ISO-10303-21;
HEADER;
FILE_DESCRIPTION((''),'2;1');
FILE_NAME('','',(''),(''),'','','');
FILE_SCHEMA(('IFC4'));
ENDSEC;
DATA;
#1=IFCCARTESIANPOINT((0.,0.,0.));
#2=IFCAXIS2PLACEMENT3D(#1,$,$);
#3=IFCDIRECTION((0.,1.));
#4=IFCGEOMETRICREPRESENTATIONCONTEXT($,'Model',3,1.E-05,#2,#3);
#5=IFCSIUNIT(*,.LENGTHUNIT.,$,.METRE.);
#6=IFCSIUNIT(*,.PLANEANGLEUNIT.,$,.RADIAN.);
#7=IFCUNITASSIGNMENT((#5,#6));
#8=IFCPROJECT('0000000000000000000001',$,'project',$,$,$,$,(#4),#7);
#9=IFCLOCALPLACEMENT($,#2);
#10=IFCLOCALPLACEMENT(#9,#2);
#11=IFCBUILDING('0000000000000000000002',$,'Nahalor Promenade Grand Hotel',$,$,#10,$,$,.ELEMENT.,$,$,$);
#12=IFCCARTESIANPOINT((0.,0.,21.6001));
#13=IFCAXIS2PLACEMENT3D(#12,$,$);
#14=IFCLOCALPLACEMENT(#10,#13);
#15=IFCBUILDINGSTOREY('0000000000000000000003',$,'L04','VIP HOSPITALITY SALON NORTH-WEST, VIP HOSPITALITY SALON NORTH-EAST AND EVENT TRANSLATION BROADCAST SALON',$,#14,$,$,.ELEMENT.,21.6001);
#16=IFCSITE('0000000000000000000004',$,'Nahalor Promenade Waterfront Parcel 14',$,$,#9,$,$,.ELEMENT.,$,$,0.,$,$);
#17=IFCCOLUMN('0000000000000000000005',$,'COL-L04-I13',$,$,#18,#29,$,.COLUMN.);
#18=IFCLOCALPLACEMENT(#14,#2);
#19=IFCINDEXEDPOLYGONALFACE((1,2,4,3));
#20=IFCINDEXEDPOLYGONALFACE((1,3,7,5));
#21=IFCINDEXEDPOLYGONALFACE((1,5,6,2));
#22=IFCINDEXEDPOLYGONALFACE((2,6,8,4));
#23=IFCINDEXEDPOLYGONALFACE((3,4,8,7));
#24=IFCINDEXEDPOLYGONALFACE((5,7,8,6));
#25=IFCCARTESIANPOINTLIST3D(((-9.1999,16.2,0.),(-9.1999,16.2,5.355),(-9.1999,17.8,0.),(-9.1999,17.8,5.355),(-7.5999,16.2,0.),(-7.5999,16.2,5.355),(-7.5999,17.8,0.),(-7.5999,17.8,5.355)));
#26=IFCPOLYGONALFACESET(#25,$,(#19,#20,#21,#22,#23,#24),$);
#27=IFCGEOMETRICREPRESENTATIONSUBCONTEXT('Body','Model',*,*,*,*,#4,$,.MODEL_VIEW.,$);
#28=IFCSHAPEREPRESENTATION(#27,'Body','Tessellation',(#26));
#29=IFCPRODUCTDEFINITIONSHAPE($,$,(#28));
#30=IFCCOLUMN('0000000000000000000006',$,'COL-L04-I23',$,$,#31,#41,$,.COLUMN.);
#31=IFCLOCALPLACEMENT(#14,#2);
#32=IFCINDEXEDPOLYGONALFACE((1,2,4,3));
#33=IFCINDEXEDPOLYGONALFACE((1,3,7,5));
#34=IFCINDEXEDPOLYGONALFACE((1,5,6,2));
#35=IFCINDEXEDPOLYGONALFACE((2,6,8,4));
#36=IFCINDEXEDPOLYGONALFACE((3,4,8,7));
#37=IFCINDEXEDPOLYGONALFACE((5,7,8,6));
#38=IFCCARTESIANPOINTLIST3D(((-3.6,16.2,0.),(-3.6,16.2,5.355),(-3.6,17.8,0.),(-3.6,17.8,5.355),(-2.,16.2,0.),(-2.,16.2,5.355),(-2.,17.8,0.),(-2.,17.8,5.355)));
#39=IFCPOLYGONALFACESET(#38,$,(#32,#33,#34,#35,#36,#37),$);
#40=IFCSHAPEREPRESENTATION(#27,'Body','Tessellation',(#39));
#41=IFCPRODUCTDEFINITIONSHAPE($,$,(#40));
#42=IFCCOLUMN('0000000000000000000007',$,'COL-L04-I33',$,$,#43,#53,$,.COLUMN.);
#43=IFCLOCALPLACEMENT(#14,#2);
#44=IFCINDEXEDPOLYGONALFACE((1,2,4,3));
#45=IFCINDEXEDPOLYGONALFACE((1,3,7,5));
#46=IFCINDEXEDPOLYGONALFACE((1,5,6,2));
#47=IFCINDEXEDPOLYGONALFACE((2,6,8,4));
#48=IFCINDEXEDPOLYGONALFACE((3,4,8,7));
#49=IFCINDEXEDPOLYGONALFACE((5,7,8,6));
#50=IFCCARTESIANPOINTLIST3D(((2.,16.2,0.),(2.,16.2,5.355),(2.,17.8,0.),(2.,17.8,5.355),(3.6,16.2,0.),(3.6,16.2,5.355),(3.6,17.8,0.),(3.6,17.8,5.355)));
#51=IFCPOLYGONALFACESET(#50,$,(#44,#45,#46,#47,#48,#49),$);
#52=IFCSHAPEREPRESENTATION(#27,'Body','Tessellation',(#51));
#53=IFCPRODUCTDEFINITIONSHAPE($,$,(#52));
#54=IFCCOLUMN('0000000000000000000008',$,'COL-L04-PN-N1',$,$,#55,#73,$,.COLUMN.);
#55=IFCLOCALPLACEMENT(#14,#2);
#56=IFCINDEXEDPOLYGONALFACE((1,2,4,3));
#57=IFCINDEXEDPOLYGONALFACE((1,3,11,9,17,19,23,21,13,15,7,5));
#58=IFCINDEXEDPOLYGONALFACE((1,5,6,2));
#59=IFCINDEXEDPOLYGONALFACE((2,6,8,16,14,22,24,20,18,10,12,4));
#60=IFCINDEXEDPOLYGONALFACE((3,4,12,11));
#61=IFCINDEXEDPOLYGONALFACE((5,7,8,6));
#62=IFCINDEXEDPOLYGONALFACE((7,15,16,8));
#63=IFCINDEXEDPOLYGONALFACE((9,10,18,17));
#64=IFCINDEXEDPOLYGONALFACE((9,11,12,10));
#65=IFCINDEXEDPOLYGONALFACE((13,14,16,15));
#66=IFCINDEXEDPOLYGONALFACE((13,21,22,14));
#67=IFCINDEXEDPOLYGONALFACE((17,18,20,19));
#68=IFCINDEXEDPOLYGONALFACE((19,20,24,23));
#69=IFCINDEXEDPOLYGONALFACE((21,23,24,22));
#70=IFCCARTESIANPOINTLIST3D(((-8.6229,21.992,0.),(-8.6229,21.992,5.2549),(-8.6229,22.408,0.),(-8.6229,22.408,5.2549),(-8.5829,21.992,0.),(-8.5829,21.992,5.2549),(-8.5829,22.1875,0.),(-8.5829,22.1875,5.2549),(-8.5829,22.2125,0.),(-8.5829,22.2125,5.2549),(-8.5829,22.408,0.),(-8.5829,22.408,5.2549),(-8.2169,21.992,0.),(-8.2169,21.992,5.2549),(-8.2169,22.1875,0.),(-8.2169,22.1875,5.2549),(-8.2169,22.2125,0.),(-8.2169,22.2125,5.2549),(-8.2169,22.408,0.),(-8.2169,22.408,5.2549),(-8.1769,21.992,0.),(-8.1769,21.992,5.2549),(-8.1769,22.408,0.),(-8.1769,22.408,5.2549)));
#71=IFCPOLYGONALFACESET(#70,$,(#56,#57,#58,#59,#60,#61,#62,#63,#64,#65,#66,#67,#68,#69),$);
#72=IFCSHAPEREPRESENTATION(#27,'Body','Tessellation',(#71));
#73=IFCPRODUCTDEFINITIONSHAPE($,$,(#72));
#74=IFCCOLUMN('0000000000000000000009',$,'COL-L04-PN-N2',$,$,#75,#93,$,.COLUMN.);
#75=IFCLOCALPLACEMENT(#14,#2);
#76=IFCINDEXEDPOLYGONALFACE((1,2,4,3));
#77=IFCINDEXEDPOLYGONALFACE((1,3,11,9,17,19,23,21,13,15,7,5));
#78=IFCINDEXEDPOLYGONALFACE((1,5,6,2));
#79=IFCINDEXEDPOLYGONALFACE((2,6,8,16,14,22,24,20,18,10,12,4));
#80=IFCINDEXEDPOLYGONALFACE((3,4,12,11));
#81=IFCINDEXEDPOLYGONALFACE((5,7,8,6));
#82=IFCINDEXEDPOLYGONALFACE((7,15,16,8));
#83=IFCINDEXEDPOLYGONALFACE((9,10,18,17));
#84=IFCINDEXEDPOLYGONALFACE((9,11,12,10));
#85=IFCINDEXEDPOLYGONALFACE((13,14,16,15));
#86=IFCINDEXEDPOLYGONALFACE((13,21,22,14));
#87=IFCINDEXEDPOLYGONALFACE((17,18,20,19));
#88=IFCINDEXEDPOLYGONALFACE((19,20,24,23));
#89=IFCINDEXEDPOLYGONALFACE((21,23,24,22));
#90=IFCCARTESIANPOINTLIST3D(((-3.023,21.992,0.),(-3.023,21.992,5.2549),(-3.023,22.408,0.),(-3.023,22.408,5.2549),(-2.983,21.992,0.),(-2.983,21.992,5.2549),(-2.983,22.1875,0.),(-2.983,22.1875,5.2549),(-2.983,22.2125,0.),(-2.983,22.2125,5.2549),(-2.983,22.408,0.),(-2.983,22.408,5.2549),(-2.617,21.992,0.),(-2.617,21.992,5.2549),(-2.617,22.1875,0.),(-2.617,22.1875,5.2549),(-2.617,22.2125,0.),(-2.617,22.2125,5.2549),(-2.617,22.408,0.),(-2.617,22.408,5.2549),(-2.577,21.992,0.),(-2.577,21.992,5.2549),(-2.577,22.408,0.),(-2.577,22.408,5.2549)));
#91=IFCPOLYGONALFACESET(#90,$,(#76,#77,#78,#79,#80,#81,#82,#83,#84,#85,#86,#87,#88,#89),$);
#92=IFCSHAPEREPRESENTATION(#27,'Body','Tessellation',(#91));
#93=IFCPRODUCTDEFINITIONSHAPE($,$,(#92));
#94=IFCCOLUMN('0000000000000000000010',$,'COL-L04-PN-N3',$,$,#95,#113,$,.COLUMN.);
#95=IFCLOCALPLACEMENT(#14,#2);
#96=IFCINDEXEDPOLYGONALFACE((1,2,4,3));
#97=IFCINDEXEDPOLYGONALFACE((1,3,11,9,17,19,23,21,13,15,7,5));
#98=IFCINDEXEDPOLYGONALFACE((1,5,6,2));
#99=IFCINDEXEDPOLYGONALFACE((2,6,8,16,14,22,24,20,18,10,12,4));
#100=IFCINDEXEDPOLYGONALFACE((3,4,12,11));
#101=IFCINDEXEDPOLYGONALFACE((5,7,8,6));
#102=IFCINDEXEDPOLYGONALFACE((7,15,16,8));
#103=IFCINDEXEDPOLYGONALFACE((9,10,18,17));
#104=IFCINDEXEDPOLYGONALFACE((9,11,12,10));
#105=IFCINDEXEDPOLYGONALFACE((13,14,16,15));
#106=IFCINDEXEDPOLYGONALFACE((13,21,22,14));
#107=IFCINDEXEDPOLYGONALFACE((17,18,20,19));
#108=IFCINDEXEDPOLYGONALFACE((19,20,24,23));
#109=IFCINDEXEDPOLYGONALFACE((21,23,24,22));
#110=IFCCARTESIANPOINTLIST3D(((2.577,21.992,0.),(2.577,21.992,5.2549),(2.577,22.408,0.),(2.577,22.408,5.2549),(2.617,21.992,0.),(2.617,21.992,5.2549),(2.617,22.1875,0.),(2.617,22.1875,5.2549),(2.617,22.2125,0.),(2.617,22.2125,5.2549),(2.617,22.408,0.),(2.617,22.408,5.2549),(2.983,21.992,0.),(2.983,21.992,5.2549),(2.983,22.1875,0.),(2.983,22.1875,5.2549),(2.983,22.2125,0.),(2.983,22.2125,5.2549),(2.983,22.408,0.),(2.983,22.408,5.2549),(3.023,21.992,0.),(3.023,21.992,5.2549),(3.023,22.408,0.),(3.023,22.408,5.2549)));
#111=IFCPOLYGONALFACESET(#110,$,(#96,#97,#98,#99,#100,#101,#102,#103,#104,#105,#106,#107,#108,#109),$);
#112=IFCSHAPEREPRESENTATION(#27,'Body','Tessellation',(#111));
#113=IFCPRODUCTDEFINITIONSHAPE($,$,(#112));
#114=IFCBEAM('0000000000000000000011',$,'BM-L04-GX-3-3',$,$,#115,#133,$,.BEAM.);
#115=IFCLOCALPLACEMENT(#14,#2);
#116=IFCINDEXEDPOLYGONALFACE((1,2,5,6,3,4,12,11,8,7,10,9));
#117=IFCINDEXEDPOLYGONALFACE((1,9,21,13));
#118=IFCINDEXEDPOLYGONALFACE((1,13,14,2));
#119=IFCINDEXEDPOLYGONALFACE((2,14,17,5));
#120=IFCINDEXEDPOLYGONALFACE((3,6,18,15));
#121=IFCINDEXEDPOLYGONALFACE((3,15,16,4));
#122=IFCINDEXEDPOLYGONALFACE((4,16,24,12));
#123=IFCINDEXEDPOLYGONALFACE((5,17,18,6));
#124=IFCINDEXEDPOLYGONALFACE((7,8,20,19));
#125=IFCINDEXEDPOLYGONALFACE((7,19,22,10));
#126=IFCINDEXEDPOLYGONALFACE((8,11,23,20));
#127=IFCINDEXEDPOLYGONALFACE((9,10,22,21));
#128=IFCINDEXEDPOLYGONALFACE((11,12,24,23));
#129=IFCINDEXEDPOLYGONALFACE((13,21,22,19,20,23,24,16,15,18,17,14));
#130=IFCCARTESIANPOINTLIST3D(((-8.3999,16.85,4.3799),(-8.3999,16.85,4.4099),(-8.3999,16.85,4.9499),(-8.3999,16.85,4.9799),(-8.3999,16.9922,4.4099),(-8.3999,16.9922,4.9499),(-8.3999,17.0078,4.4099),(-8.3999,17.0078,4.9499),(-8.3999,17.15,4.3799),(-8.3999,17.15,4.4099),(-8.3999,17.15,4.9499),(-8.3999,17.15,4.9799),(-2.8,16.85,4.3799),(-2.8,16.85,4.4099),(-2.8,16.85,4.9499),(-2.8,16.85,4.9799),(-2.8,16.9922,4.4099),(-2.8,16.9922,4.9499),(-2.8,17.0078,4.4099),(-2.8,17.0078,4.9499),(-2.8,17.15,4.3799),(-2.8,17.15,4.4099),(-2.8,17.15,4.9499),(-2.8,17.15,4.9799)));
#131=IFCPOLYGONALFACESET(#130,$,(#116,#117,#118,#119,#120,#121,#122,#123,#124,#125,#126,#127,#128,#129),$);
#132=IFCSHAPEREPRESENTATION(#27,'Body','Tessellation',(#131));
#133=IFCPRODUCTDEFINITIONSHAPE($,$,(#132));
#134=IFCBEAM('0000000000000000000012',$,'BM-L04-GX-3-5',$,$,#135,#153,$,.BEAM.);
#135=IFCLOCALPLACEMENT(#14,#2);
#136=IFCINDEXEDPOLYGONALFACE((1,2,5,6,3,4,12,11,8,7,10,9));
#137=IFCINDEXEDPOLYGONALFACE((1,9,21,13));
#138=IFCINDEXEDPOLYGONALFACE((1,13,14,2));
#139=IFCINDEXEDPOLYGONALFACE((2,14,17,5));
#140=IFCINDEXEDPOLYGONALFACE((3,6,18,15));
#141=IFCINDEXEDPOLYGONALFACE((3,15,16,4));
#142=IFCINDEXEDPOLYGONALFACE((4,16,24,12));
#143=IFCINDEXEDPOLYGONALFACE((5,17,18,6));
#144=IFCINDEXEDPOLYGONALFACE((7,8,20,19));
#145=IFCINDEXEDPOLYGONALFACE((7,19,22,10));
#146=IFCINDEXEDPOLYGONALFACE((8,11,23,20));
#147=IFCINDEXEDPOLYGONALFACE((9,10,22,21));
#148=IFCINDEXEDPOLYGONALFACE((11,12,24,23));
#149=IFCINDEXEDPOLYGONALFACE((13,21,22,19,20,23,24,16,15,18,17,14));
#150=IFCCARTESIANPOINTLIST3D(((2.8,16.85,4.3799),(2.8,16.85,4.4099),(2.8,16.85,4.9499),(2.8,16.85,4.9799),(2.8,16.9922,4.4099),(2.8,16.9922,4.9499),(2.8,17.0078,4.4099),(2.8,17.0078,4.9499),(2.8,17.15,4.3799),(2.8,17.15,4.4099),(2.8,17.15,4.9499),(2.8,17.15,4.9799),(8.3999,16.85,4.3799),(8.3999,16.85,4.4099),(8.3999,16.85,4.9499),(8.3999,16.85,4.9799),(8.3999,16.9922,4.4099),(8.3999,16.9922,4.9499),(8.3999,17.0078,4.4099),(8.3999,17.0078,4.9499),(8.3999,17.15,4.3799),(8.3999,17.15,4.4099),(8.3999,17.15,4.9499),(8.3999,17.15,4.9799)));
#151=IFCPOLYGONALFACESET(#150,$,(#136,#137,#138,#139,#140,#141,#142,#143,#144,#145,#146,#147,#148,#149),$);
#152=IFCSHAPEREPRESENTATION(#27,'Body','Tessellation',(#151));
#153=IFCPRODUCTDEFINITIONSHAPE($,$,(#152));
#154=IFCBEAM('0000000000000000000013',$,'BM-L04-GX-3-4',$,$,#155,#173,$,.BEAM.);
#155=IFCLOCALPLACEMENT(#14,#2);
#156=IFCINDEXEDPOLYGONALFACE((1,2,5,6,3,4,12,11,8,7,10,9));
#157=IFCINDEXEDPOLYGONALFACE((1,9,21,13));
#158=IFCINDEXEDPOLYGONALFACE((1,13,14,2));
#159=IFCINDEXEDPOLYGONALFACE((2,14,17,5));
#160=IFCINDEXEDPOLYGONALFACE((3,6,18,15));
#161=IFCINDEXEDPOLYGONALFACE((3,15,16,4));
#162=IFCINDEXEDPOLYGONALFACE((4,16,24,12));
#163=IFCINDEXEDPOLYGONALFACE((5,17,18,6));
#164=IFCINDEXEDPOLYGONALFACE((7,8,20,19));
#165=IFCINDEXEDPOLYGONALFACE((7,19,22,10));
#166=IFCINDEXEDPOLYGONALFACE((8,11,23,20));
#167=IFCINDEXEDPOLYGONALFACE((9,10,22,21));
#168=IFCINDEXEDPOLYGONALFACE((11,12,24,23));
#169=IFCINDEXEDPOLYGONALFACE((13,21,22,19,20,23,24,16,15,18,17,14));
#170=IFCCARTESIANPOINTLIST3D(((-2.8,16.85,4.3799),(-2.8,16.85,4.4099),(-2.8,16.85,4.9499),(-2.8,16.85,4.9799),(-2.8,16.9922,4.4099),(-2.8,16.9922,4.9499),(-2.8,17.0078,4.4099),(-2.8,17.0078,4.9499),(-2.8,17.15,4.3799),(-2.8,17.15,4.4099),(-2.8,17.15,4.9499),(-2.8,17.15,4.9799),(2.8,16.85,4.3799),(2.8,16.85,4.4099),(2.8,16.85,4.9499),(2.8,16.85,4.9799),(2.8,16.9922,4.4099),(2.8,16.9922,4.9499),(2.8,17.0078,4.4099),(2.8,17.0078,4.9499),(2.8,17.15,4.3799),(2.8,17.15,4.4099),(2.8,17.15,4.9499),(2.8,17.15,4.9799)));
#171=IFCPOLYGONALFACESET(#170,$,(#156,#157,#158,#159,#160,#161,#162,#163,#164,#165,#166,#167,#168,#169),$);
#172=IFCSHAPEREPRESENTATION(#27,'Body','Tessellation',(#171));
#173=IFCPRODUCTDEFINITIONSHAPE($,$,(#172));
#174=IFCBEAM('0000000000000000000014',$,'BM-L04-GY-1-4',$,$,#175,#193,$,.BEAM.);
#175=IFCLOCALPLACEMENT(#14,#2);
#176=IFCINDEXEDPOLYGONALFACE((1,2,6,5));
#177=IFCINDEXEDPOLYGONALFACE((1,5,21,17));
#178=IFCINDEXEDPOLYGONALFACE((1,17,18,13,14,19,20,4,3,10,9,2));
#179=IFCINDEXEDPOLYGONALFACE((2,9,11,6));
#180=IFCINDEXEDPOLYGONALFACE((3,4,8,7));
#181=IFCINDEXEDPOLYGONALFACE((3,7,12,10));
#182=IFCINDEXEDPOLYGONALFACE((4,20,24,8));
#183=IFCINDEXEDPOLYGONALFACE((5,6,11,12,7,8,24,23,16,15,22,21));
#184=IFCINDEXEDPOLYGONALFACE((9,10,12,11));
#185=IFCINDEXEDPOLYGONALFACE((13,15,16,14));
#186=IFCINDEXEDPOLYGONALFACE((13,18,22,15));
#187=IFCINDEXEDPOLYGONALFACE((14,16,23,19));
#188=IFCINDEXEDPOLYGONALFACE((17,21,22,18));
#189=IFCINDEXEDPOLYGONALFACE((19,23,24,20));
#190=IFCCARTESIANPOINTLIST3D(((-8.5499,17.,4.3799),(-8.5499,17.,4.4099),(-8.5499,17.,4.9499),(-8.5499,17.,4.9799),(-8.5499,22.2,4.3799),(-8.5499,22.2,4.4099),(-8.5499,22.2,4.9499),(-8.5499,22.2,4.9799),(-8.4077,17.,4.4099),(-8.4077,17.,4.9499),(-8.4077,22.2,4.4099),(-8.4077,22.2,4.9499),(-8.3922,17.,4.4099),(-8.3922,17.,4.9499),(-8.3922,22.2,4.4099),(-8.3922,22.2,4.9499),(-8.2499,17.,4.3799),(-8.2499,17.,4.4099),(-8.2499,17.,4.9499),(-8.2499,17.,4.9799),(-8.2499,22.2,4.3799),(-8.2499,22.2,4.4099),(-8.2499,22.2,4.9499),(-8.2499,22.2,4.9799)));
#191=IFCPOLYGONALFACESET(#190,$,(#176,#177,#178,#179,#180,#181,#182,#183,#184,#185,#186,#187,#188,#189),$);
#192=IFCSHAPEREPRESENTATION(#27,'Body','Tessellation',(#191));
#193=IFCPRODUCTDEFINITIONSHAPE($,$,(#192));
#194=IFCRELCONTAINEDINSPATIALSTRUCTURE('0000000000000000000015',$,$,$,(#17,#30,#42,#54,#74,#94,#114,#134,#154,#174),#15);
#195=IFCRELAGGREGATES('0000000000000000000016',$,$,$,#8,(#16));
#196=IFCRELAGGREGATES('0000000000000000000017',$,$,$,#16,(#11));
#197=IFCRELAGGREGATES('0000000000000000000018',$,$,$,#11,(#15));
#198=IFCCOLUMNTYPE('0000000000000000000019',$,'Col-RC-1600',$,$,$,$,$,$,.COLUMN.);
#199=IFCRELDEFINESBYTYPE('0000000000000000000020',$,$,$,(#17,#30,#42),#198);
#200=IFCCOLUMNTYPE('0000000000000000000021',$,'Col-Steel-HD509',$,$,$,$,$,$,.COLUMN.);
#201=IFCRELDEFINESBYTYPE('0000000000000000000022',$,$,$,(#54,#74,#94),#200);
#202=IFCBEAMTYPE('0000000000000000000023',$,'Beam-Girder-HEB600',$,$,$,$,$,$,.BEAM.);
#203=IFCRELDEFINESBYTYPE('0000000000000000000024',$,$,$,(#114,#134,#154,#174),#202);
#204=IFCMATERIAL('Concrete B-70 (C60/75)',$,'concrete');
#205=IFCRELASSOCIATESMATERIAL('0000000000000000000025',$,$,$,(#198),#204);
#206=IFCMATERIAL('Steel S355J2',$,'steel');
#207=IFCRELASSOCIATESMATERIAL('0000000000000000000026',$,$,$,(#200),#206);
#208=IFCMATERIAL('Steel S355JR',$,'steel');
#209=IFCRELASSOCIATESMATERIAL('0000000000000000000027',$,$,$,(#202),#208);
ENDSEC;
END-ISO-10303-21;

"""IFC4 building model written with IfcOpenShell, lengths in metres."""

from ifc_helpers import new_model, si_unit, direction, frame, origin, origin_2d, place, context, subcontext, project, spatial, rectangle, i_section, extrude, source, transform, mapped, material, material_profile, profile_set, type_object, element, save


model = new_model("IFC4")

# Units and contexts
model_context = context("Model", 3, precision=1e-05, world=origin(), true_north=direction((0.0, 1.0)))
body_context = subcontext(model_context, "Body", "Model", "MODEL_VIEW")
ifc_project = project(units=[si_unit("LENGTHUNIT", "METRE"), si_unit("PLANEANGLEUNIT", "RADIAN")], contexts=[model_context])

# Site, building, storey
site_placement = place(None, origin())
site = spatial("IfcSite", under=ifc_project, at=site_placement, Name="Nahalor Promenade Waterfront Parcel 14", CompositionType="ELEMENT", RefElevation=0.0)
building_placement = place(site_placement, origin())
building = spatial("IfcBuilding", under=site, at=building_placement, Name="Nahalor Promenade Grand Hotel", CompositionType="ELEMENT")
storey_placement = place(building_placement, frame((0.0, 0.0, 21.6001)))
storey = spatial("IfcBuildingStorey", under=building, at=storey_placement, Name="L04", Description="VIP HOSPITALITY SALON NORTH-WEST, VIP HOSPITALITY SALON NORTH-EAST AND EVENT TRANSLATION BROADCAST SALON", CompositionType="ELEMENT", Elevation=21.6001)

# Columns
ifc_material_1 = material(Name="Concrete B-70 (C60/75)", Category="concrete")
ifc_material_profile_1 = material_profile(ifc_material_1, rectangle(XDim=1.6, YDim=1.6, at=origin_2d()), Name="RC 1600x1600")
ifc_profile_set_1 = profile_set([ifc_material_profile_1], Name="Concrete B-70 (C60/75)")
column_type_1 = type_object("IfcColumnType", Name="Col-RC-1600", PredefinedType="COLUMN", material=ifc_profile_set_1)
shared_shape_1 = source(origin(), body_context, "Body", "SweptSolid", [
    extrude(rectangle(XDim=1.6, YDim=1.6, at=origin_2d()), origin(), (0.0, 0.0, 1.0), 5.355),
])
for number, where, z_axis, x_axis, name in (
    (1, (-8.3999, 17.0, 0.0), (0.0, 0.0, 1.0), (1.0, 0.0, 0.0), "COL-L04-I13"),
    (2, (-2.8, 17.0, 0.0), (0.0, 0.0, 1.0), (1.0, 0.0, 0.0), "COL-L04-I23"),
    (3, (2.8, 17.0, 0.0), (0.0, 0.0, 1.0), (1.0, 0.0, 0.0), "COL-L04-I33"),
):
    element("IfcColumn", number, at=place(storey_placement, frame(where, z_axis=z_axis, x_axis=x_axis)), inside=storey, type_object=column_type_1, Name=name, PredefinedType="COLUMN", context=body_context, shape_type="MappedRepresentation", body=[
        mapped(shared_shape_1, transform((0.0, 0.0, 0.0), scale=1.0)),
    ])
ifc_material_2 = material(Name="Steel S355J2", Category="steel")
ifc_material_profile_2 = material_profile(ifc_material_2, i_section(OverallWidth=0.416, OverallDepth=0.446, WebThickness=0.025, FlangeThickness=0.04, at=origin_2d()), Name="HD 400x509")
ifc_profile_set_2 = profile_set([ifc_material_profile_2], Name="Steel S355J2")
column_type_2 = type_object("IfcColumnType", Name="Col-Steel-HD509", PredefinedType="COLUMN", material=ifc_profile_set_2)
shared_shape_2 = source(origin(), body_context, "Body", "SweptSolid", [
    extrude(i_section(OverallWidth=0.416, OverallDepth=0.446, WebThickness=0.025, FlangeThickness=0.04, at=origin_2d()), origin(), (0.0, 0.0, 1.0), 5.2549),
])
for number, where, z_axis, x_axis, name in (
    (4, (-8.3999, 22.2, 0.0), (0.0, 0.0, 1.0), (0.0, 1.0, 0.0), "COL-L04-PN-N1"),
    (5, (-2.8, 22.2, 0.0), (0.0, 0.0, 1.0), (0.0, 1.0, 0.0), "COL-L04-PN-N2"),
    (6, (2.8, 22.2, 0.0), (0.0, 0.0, 1.0), (0.0, 1.0, 0.0), "COL-L04-PN-N3"),
):
    element("IfcColumn", number, at=place(storey_placement, frame(where, z_axis=z_axis, x_axis=x_axis)), inside=storey, type_object=column_type_2, Name=name, PredefinedType="COLUMN", context=body_context, shape_type="MappedRepresentation", body=[
        mapped(shared_shape_2, transform((0.0, 0.0, 0.0), scale=1.0)),
    ])

# Beams
ifc_material_3 = material(Name="Steel S355JR", Category="steel")
ifc_material_profile_3 = material_profile(ifc_material_3, i_section(OverallWidth=0.3, OverallDepth=0.6, WebThickness=0.0155, FlangeThickness=0.03, at=origin_2d()), Name="HEB 600")
ifc_profile_set_3 = profile_set([ifc_material_profile_3], Name="Steel S355JR")
beam_type_1 = type_object("IfcBeamType", Name="Beam-Girder-HEB600", PredefinedType="BEAM", material=ifc_profile_set_3)
shared_shape_3 = source(origin(), body_context, "Body", "SweptSolid", [
    extrude(i_section(OverallWidth=0.3, OverallDepth=0.6, WebThickness=0.0155, FlangeThickness=0.03, at=origin_2d()), origin(), (0.0, 0.0, 1.0), 5.5999),
])
for number, where, z_axis, x_axis, name in (
    (7, (-8.3999, 17.0, 4.6799), (1.0, 0.0, 0.0), (0.0, 1.0, 0.0), "BM-L04-GX-3-3"),
    (8, (2.8, 17.0, 4.6799), (1.0, 0.0, 0.0), (0.0, 1.0, 0.0), "BM-L04-GX-3-5"),
):
    element("IfcBeam", number, at=place(storey_placement, frame(where, z_axis=z_axis, x_axis=x_axis)), inside=storey, type_object=beam_type_1, Name=name, PredefinedType="BEAM", context=body_context, shape_type="MappedRepresentation", body=[
        mapped(shared_shape_3, transform((0.0, 0.0, 0.0), scale=1.0)),
    ])
shared_shape_4 = source(origin(), body_context, "Body", "SweptSolid", [
    extrude(i_section(OverallWidth=0.3, OverallDepth=0.6, WebThickness=0.0155, FlangeThickness=0.03, at=origin_2d()), origin(), (0.0, 0.0, 1.0), 5.6001),
])
beam_1_placement = place(storey_placement, frame((-2.8, 17.0, 4.6799), z_axis=(1.0, 0.0, 0.0), x_axis=(0.0, 1.0, 0.0)))
element("IfcBeam", 9, at=beam_1_placement, inside=storey, type_object=beam_type_1, Name="BM-L04-GX-3-4", PredefinedType="BEAM", context=body_context, shape_type="MappedRepresentation", body=[
    mapped(shared_shape_4, transform((0.0, 0.0, 0.0), scale=1.0)),
])
shared_shape_5 = source(origin(), body_context, "Body", "SweptSolid", [
    extrude(i_section(OverallWidth=0.3, OverallDepth=0.6, WebThickness=0.0155, FlangeThickness=0.03, at=origin_2d()), origin(), (0.0, 0.0, 1.0), 5.2),
])
for number, where, z_axis, x_axis, name in (
    (10, (-8.3999, 17.0, 4.6799), (0.0, 1.0, 0.0), (-1.0, 0.0, 0.0), "BM-L04-GY-1-4"),
):
    element("IfcBeam", number, at=place(storey_placement, frame(where, z_axis=z_axis, x_axis=x_axis)), inside=storey, type_object=beam_type_1, Name=name, PredefinedType="BEAM", context=body_context, shape_type="MappedRepresentation", body=[
        mapped(shared_shape_5, transform((0.0, 0.0, 0.0), scale=1.0)),
    ])

save(model, "model.ifc")
